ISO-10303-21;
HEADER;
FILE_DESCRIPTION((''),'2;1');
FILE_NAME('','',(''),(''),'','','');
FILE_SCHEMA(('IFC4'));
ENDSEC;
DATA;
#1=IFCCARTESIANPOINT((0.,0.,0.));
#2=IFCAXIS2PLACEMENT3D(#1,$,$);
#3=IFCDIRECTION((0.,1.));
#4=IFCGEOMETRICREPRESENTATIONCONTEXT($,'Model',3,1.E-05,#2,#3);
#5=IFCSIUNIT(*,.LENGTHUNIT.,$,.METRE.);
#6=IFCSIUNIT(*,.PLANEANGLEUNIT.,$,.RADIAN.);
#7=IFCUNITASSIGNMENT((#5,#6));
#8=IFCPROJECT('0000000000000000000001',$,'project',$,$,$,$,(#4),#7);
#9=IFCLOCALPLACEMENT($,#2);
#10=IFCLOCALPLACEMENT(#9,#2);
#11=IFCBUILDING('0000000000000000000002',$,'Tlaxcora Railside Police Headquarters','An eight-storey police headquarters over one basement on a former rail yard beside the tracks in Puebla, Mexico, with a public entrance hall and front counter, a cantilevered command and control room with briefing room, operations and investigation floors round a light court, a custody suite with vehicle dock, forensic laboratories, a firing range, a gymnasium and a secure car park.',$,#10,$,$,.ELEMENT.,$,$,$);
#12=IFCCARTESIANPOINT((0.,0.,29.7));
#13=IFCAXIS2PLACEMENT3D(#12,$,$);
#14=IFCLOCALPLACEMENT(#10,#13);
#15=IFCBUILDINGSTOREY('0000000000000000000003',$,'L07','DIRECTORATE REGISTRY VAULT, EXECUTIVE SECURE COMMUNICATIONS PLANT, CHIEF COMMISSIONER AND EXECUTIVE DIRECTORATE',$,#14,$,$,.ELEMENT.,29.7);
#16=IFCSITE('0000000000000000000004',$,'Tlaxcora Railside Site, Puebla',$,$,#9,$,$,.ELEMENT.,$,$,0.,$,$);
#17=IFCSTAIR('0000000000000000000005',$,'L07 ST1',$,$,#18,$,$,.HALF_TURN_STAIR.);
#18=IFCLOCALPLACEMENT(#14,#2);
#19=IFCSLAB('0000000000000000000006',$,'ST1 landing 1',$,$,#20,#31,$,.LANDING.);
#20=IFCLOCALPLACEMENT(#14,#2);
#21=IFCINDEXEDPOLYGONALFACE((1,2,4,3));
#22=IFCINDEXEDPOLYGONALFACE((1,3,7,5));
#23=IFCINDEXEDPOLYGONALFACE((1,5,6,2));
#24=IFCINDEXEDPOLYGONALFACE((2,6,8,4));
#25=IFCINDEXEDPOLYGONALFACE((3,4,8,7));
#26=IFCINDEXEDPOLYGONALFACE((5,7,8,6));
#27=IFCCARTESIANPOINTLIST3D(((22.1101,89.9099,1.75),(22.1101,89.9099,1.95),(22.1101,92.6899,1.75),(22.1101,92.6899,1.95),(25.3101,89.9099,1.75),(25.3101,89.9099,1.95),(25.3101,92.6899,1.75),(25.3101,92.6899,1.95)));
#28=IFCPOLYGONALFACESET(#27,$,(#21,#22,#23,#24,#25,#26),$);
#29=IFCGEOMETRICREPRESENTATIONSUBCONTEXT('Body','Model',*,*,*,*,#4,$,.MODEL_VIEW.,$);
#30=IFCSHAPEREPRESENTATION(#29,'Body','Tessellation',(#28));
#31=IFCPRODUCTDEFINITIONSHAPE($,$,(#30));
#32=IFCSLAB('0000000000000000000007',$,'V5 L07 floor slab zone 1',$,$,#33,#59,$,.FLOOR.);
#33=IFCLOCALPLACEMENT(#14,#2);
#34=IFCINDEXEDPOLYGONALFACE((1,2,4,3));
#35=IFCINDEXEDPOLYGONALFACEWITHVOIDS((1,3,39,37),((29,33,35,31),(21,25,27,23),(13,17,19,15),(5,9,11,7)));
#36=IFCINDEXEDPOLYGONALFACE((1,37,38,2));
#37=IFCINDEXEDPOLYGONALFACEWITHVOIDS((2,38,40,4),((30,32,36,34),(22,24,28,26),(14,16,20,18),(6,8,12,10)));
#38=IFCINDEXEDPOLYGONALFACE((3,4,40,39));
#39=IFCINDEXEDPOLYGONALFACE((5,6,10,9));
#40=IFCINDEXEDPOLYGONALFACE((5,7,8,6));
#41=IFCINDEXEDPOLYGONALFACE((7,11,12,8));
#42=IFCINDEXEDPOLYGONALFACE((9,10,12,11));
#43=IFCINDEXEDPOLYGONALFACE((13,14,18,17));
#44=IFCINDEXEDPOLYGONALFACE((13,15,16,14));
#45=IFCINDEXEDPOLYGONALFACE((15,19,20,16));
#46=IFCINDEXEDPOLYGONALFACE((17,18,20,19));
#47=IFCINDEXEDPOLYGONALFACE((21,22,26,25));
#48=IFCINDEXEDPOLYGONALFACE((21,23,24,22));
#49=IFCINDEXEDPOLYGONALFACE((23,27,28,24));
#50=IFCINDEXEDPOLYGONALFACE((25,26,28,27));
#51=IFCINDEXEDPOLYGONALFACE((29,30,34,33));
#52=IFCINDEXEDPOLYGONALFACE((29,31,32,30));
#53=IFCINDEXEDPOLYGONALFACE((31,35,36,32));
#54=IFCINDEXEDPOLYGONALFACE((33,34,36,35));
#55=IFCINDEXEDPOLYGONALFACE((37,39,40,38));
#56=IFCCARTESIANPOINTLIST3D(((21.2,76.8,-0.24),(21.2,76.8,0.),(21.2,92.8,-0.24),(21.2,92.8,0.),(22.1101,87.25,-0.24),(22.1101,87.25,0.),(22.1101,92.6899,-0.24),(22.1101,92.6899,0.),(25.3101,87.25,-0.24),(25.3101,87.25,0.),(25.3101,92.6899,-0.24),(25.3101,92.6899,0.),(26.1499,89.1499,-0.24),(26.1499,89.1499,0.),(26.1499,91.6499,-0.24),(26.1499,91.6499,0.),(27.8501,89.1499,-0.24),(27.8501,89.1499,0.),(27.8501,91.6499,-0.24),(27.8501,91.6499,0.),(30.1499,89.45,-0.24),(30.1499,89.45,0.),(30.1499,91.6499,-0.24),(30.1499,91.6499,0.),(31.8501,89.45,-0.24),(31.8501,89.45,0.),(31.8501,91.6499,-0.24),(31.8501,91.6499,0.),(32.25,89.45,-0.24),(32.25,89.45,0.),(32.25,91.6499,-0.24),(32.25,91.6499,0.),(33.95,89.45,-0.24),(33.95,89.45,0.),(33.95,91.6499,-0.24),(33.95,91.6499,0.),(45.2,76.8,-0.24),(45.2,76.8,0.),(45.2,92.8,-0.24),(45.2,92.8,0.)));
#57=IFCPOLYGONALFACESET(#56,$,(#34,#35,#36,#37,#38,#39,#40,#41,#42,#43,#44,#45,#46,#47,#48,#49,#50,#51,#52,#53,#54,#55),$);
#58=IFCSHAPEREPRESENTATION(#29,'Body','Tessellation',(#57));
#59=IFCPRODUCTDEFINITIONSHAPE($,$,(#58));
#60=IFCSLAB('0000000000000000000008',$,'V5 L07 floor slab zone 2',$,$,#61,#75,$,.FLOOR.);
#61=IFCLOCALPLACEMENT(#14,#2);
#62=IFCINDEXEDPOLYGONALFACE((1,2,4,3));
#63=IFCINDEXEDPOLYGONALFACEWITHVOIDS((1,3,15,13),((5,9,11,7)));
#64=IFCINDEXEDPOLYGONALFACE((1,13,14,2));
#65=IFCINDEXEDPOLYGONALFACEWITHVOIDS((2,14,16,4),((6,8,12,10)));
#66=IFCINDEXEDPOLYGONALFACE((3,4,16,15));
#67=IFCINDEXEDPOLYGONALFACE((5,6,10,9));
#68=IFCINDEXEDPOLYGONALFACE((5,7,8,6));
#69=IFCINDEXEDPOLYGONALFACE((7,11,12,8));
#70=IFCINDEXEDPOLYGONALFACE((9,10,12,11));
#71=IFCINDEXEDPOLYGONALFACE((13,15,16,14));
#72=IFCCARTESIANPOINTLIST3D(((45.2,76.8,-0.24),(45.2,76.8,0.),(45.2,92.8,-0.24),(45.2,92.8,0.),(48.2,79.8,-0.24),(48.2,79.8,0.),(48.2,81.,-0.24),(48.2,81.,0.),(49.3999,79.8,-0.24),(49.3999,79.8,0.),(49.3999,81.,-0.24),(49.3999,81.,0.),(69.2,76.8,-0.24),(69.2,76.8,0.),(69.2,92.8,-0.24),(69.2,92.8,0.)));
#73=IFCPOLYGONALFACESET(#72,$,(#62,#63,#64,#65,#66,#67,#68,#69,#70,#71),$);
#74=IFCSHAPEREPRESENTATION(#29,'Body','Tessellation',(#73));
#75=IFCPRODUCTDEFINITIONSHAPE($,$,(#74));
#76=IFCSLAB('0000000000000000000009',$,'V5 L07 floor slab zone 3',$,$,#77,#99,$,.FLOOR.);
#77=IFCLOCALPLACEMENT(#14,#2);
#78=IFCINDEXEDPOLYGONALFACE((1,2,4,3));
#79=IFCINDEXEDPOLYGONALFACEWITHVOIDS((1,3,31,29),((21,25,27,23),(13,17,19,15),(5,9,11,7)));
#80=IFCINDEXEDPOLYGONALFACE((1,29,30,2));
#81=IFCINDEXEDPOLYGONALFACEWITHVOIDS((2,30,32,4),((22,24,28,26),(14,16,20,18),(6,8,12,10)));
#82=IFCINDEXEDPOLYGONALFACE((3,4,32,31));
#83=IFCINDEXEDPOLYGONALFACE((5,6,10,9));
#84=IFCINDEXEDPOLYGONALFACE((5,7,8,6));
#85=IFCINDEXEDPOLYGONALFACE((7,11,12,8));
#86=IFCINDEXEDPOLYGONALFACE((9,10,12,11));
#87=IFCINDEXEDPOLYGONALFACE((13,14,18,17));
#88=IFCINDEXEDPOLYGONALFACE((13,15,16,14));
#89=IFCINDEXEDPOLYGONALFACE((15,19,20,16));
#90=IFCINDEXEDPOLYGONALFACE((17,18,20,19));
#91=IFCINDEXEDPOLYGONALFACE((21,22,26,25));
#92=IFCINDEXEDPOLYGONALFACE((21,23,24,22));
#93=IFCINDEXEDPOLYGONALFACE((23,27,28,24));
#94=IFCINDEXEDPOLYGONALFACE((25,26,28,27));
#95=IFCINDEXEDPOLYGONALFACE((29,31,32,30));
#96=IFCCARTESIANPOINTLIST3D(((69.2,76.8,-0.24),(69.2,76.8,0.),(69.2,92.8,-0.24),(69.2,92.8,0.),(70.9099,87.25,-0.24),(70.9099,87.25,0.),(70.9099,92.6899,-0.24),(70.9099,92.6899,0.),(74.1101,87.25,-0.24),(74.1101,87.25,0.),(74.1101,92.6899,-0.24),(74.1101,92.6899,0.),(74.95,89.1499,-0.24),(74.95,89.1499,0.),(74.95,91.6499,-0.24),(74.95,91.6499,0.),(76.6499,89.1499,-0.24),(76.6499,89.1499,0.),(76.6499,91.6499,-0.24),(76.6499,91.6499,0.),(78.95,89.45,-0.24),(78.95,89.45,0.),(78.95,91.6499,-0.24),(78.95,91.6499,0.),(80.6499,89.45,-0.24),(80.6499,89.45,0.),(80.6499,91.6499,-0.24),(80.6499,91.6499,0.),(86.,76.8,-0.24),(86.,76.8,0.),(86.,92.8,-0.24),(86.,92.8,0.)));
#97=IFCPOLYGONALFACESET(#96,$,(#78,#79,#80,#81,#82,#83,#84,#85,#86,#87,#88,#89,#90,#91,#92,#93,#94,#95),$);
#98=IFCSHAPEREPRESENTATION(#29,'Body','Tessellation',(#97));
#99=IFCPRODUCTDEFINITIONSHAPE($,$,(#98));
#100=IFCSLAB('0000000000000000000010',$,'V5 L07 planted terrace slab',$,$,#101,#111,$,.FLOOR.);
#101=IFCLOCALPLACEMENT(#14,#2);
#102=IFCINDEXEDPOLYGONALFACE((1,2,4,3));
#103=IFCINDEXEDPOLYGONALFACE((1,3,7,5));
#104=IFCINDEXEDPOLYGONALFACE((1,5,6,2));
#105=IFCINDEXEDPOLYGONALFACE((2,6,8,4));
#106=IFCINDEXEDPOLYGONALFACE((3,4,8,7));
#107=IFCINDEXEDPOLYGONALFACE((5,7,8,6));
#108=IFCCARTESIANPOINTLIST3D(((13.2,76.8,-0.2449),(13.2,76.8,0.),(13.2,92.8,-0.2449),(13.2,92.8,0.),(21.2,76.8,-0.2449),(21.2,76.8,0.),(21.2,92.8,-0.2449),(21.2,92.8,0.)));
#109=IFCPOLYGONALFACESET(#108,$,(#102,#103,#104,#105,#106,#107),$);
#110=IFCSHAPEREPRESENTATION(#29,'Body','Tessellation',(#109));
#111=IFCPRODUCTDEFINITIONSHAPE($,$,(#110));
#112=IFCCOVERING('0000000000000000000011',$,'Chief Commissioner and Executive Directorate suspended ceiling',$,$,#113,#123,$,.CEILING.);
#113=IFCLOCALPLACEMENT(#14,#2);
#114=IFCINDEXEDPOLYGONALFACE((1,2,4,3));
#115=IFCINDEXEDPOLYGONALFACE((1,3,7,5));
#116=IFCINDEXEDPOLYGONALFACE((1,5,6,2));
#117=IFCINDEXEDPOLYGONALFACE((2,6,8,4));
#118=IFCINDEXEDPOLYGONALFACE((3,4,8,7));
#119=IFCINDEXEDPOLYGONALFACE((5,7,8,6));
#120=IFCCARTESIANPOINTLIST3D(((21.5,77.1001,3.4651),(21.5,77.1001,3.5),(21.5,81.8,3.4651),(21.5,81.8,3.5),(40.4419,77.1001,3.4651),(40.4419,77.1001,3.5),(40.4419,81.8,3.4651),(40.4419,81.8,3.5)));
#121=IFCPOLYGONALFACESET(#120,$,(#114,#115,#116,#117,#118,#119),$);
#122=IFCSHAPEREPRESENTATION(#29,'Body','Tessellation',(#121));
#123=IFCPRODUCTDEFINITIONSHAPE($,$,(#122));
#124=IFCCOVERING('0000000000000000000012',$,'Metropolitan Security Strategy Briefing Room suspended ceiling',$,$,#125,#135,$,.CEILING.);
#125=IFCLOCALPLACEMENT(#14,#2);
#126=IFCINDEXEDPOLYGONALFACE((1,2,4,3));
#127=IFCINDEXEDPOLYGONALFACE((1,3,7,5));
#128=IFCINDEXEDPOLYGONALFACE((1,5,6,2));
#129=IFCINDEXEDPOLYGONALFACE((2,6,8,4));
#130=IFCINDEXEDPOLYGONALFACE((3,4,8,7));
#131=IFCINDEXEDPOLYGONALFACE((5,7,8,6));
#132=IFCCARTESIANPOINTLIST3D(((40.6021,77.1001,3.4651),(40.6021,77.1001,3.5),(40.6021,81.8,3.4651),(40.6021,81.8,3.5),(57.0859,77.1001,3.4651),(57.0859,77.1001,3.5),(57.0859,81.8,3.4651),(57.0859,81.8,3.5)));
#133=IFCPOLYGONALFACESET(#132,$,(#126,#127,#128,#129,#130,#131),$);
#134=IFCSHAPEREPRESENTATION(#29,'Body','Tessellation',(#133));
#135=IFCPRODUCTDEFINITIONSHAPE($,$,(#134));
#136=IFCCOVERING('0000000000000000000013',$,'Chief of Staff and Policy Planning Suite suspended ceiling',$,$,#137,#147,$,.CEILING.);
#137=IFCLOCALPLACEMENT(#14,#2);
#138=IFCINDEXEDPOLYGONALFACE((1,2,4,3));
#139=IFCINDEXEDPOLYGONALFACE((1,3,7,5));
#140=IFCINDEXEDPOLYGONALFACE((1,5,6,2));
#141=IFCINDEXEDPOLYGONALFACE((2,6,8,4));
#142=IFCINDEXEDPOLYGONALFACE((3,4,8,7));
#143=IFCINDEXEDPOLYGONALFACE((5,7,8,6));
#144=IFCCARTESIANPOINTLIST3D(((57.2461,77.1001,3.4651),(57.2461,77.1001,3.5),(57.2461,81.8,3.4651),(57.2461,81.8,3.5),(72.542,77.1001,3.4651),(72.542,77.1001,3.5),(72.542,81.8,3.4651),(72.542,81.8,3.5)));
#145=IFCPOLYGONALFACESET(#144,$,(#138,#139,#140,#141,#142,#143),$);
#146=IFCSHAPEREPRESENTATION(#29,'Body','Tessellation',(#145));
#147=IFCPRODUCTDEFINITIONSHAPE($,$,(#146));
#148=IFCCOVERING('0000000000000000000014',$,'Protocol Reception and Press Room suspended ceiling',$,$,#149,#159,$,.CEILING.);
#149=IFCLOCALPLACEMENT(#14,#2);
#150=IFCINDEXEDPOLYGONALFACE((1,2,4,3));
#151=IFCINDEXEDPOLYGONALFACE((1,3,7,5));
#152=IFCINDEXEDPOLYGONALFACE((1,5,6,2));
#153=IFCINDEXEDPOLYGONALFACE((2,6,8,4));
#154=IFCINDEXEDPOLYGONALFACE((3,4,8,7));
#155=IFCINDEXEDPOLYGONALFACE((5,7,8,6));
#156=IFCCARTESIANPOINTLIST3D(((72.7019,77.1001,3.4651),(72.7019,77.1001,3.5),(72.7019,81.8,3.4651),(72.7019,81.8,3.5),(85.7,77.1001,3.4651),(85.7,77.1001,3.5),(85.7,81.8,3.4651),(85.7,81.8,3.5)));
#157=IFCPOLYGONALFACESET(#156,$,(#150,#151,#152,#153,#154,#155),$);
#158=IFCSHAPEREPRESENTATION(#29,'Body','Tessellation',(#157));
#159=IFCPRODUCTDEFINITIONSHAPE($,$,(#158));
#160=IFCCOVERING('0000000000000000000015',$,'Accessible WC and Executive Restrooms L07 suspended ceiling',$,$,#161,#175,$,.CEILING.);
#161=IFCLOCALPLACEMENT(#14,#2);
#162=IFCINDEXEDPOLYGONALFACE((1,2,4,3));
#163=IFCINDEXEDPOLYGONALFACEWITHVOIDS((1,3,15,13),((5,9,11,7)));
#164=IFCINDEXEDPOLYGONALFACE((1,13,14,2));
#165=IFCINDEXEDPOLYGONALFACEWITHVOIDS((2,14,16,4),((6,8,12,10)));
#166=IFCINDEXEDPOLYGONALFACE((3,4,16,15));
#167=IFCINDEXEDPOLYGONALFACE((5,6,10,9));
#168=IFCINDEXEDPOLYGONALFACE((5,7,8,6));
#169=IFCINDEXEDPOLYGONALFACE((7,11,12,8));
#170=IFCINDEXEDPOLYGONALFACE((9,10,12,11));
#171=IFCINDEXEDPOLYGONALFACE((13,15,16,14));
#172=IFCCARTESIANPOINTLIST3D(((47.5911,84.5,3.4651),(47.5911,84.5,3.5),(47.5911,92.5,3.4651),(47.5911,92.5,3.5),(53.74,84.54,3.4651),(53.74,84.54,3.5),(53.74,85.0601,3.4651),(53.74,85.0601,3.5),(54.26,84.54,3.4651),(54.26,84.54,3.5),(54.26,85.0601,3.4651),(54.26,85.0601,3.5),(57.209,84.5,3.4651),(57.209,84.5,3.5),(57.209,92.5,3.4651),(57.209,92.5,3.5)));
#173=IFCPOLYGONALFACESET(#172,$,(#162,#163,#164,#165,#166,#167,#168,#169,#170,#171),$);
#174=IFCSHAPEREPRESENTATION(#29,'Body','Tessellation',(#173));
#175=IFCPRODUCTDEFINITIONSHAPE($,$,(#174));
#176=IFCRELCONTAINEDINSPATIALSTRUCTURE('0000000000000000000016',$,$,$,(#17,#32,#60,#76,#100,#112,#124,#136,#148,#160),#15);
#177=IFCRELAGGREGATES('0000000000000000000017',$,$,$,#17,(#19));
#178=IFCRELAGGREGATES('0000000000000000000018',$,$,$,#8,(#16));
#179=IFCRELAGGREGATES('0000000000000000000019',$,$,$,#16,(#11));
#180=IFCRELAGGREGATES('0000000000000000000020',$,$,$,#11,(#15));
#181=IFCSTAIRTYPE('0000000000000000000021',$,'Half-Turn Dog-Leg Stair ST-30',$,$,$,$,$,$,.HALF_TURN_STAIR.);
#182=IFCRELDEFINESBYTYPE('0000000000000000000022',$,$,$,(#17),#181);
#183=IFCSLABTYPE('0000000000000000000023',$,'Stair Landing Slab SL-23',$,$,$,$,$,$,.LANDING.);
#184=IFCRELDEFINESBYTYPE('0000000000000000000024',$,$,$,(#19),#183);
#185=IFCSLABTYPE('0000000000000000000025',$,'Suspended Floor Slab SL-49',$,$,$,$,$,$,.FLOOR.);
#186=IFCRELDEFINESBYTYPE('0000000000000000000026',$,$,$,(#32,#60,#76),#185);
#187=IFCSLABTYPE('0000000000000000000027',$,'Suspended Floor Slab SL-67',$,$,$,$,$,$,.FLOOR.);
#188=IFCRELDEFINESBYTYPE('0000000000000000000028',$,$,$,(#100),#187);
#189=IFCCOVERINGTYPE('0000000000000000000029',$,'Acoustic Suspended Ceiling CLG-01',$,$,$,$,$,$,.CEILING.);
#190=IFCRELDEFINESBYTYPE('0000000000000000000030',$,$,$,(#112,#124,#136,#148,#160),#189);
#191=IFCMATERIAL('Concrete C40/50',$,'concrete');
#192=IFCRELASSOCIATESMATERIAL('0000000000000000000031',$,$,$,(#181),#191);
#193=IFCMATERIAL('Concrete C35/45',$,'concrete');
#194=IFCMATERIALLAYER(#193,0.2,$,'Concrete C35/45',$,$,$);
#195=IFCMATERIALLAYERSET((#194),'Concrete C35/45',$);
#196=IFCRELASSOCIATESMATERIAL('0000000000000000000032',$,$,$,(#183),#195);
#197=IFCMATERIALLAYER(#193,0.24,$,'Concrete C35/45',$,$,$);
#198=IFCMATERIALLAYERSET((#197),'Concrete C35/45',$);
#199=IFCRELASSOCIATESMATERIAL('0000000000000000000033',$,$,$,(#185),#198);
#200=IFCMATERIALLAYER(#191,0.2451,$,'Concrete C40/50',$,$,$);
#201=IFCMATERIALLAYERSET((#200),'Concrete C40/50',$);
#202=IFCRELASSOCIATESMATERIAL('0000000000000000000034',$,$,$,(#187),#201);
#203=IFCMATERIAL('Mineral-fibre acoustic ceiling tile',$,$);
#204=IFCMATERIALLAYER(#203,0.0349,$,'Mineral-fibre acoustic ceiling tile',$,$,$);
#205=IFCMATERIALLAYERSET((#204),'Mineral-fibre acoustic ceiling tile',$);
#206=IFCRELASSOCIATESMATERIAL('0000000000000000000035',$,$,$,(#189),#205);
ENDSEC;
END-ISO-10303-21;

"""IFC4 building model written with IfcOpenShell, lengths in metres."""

from ifc_helpers import new_model, si_unit, direction, frame, origin, place, context, subcontext, project, spatial, polyline, outline, extrude, material, layer, layer_set, type_object, element, aggregate, save


model = new_model("IFC4")

# Units and contexts
model_context = context("Model", 3, precision=1e-05, world=origin(), true_north=direction((0.0, 1.0)))
body_context = subcontext(model_context, "Body", "Model", "MODEL_VIEW")
ifc_project = project(units=[si_unit("LENGTHUNIT", "METRE"), si_unit("PLANEANGLEUNIT", "RADIAN")], contexts=[model_context])

# Site, building, storey
site_placement = place(None, origin())
site = spatial("IfcSite", under=ifc_project, at=site_placement, Name="Tlaxcora Railside Site, Puebla", CompositionType="ELEMENT", RefElevation=0.0)
building_placement = place(site_placement, origin())
building = spatial("IfcBuilding", under=site, at=building_placement, Name="Tlaxcora Railside Police Headquarters", Description="An eight-storey police headquarters over one basement on a former rail yard beside the tracks in Puebla, Mexico, with a public entrance hall and front counter, a cantilevered command and control room with briefing room, operations and investigation floors round a light court, a custody suite with vehicle dock, forensic laboratories, a firing range, a gymnasium and a secure car park.", CompositionType="ELEMENT")
storey_placement = place(building_placement, frame((0.0, 0.0, 29.7)))
storey = spatial("IfcBuildingStorey", under=building, at=storey_placement, Name="L07", Description="DIRECTORATE REGISTRY VAULT, EXECUTIVE SECURE COMMUNICATIONS PLANT, CHIEF COMMISSIONER AND EXECUTIVE DIRECTORATE", CompositionType="ELEMENT", Elevation=29.7)

# Stair, slab
ifc_material_1 = material(Name="Concrete C40/50", Category="concrete")
stair_type = type_object("IfcStairType", Name="Half-Turn Dog-Leg Stair ST-30", PredefinedType="HALF_TURN_STAIR", material=ifc_material_1)
stair_placement = place(storey_placement, origin())
stair = element("IfcStair", 1, at=stair_placement, inside=storey, type_object=stair_type, Name="L07 ST1", PredefinedType="HALF_TURN_STAIR")
ifc_material_2 = material(Name="Concrete C35/45", Category="concrete")
ifc_layer_1 = layer(ifc_material_2, 0.2, Name="Concrete C35/45")
ifc_layer_set_1 = layer_set([ifc_layer_1], Name="Concrete C35/45")
slab_type_1 = type_object("IfcSlabType", Name="Stair Landing Slab SL-23", PredefinedType="LANDING", material=ifc_layer_set_1)
slab_1_placement = place(storey_placement, frame((0.0, 0.0, 1.75)))
slab_1 = element("IfcSlab", 2, at=slab_1_placement, type_object=slab_type_1, Name="ST1 landing 1", PredefinedType="LANDING", context=body_context, shape_type="SweptSolid", body=[
    extrude(outline(polyline([(25.3101, 89.9099), (25.3101, 92.6899), (22.1101, 92.6899), (22.1101, 89.9099), (25.3101, 89.9099)])), origin(), (0.0, 0.0, 1.0), 0.2),
])
aggregate(stair, [slab_1])

# Slabs
ifc_layer_2 = layer(ifc_material_2, 0.24, Name="Concrete C35/45")
ifc_layer_set_2 = layer_set([ifc_layer_2], Name="Concrete C35/45")
slab_type_2 = type_object("IfcSlabType", Name="Suspended Floor Slab SL-49", PredefinedType="FLOOR", material=ifc_layer_set_2)
slab_2_placement = place(storey_placement, frame((0.0, 0.0, -0.24)))
element("IfcSlab", 3, at=slab_2_placement, inside=storey, type_object=slab_type_2, Name="V5 L07 floor slab zone 1", PredefinedType="FLOOR", context=body_context, shape_type="SweptSolid", body=[
    extrude(outline(polyline([(45.2, 92.8), (21.2, 92.8), (21.2, 76.8), (45.2, 76.8), (45.2, 92.8)]), holes=[polyline([(22.1101, 92.6899), (25.3101, 92.6899), (25.3101, 87.25), (22.1101, 87.25), (22.1101, 92.6899)]), polyline([(27.8501, 91.6499), (27.8501, 89.1499), (26.1499, 89.1499), (26.1499, 91.6499), (27.8501, 91.6499)]), polyline([(31.8501, 89.45), (30.1499, 89.45), (30.1499, 91.6499), (31.8501, 91.6499), (31.8501, 89.45)]), polyline([(32.25, 89.45), (32.25, 91.6499), (33.95, 91.6499), (33.95, 89.45), (32.25, 89.45)])]), origin(), (0.0, 0.0, 1.0), 0.24),
])
slab_3_placement = place(storey_placement, frame((0.0, 0.0, -0.24)))
element("IfcSlab", 4, at=slab_3_placement, inside=storey, type_object=slab_type_2, Name="V5 L07 floor slab zone 2", PredefinedType="FLOOR", context=body_context, shape_type="SweptSolid", body=[
    extrude(outline(polyline([(69.2, 76.8), (69.2, 92.8), (45.2, 92.8), (45.2, 76.8), (69.2, 76.8)]), holes=[polyline([(49.3999, 79.8), (48.2, 79.8), (48.2, 81.0), (49.3999, 81.0), (49.3999, 79.8)])]), origin(), (0.0, 0.0, 1.0), 0.24),
])
slab_4_placement = place(storey_placement, frame((0.0, 0.0, -0.24)))
element("IfcSlab", 5, at=slab_4_placement, inside=storey, type_object=slab_type_2, Name="V5 L07 floor slab zone 3", PredefinedType="FLOOR", context=body_context, shape_type="SweptSolid", body=[
    extrude(outline(polyline([(86.0, 92.8), (69.2, 92.8), (69.2, 76.8), (86.0, 76.8), (86.0, 92.8)]), holes=[polyline([(70.9099, 92.6899), (74.1101, 92.6899), (74.1101, 87.25), (70.9099, 87.25), (70.9099, 92.6899)]), polyline([(76.6499, 91.6499), (76.6499, 89.1499), (74.95, 89.1499), (74.95, 91.6499), (76.6499, 91.6499)]), polyline([(80.6499, 89.45), (78.95, 89.45), (78.95, 91.6499), (80.6499, 91.6499), (80.6499, 89.45)])]), origin(), (0.0, 0.0, 1.0), 0.24),
])
ifc_layer_3 = layer(ifc_material_1, 0.2451, Name="Concrete C40/50")
ifc_layer_set_3 = layer_set([ifc_layer_3], Name="Concrete C40/50")
slab_type_3 = type_object("IfcSlabType", Name="Suspended Floor Slab SL-67", PredefinedType="FLOOR", material=ifc_layer_set_3)
slab_5_placement = place(storey_placement, frame((0.0, 0.0, -0.2449)))
element("IfcSlab", 6, at=slab_5_placement, inside=storey, type_object=slab_type_3, Name="V5 L07 planted terrace slab", PredefinedType="FLOOR", context=body_context, shape_type="SweptSolid", body=[
    extrude(outline(polyline([(21.2, 76.8), (21.2, 92.8), (13.2, 92.8), (13.2, 76.8), (21.2, 76.8)])), origin(), (0.0, 0.0, 1.0), 0.2449),
])

# Coverings
ifc_material_3 = material(Name="Mineral-fibre acoustic ceiling tile")
ifc_layer_4 = layer(ifc_material_3, 0.0349, Name="Mineral-fibre acoustic ceiling tile")
ifc_layer_set_4 = layer_set([ifc_layer_4], Name="Mineral-fibre acoustic ceiling tile")
covering_type_1 = type_object("IfcCoveringType", Name="Acoustic Suspended Ceiling CLG-01", PredefinedType="CEILING", material=ifc_layer_set_4)
covering_1_placement = place(storey_placement, frame((0.0, 0.0, 3.4651)))
element("IfcCovering", 7, at=covering_1_placement, inside=storey, type_object=covering_type_1, Name="Chief Commissioner and Executive Directorate suspended ceiling", PredefinedType="CEILING", context=body_context, shape_type="SweptSolid", body=[
    extrude(outline(polyline([(21.5, 81.8), (21.5, 77.1001), (40.4419, 77.1001), (40.4419, 81.8), (21.5, 81.8)])), origin(), (0.0, 0.0, 1.0), 0.0349),
])
covering_2_placement = place(storey_placement, frame((0.0, 0.0, 3.4651)))
element("IfcCovering", 8, at=covering_2_placement, inside=storey, type_object=covering_type_1, Name="Metropolitan Security Strategy Briefing Room suspended ceiling", PredefinedType="CEILING", context=body_context, shape_type="SweptSolid", body=[
    extrude(outline(polyline([(40.6021, 81.8), (40.6021, 77.1001), (57.0859, 77.1001), (57.0859, 81.8), (40.6021, 81.8)])), origin(), (0.0, 0.0, 1.0), 0.0349),
])
covering_3_placement = place(storey_placement, frame((0.0, 0.0, 3.4651)))
element("IfcCovering", 9, at=covering_3_placement, inside=storey, type_object=covering_type_1, Name="Chief of Staff and Policy Planning Suite suspended ceiling", PredefinedType="CEILING", context=body_context, shape_type="SweptSolid", body=[
    extrude(outline(polyline([(57.2461, 81.8), (57.2461, 77.1001), (72.542, 77.1001), (72.542, 81.8), (57.2461, 81.8)])), origin(), (0.0, 0.0, 1.0), 0.0349),
])
covering_4_placement = place(storey_placement, frame((0.0, 0.0, 3.4651)))
element("IfcCovering", 10, at=covering_4_placement, inside=storey, type_object=covering_type_1, Name="Protocol Reception and Press Room suspended ceiling", PredefinedType="CEILING", context=body_context, shape_type="SweptSolid", body=[
    extrude(outline(polyline([(72.7019, 81.8), (72.7019, 77.1001), (85.7, 77.1001), (85.7, 81.8), (72.7019, 81.8)])), origin(), (0.0, 0.0, 1.0), 0.0349),
])
covering_5_placement = place(storey_placement, frame((0.0, 0.0, 3.4651)))
element("IfcCovering", 11, at=covering_5_placement, inside=storey, type_object=covering_type_1, Name="Accessible WC and Executive Restrooms L07 suspended ceiling", PredefinedType="CEILING", context=body_context, shape_type="SweptSolid", body=[
    extrude(outline(polyline([(57.209, 92.5), (47.5911, 92.5), (47.5911, 84.5), (57.209, 84.5), (57.209, 92.5)]), holes=[polyline([(54.26, 84.54), (53.74, 84.54), (53.74, 85.0601), (54.26, 85.0601), (54.26, 84.54)])]), origin(), (0.0, 0.0, 1.0), 0.0349),
])

save(model, "model.ifc")
